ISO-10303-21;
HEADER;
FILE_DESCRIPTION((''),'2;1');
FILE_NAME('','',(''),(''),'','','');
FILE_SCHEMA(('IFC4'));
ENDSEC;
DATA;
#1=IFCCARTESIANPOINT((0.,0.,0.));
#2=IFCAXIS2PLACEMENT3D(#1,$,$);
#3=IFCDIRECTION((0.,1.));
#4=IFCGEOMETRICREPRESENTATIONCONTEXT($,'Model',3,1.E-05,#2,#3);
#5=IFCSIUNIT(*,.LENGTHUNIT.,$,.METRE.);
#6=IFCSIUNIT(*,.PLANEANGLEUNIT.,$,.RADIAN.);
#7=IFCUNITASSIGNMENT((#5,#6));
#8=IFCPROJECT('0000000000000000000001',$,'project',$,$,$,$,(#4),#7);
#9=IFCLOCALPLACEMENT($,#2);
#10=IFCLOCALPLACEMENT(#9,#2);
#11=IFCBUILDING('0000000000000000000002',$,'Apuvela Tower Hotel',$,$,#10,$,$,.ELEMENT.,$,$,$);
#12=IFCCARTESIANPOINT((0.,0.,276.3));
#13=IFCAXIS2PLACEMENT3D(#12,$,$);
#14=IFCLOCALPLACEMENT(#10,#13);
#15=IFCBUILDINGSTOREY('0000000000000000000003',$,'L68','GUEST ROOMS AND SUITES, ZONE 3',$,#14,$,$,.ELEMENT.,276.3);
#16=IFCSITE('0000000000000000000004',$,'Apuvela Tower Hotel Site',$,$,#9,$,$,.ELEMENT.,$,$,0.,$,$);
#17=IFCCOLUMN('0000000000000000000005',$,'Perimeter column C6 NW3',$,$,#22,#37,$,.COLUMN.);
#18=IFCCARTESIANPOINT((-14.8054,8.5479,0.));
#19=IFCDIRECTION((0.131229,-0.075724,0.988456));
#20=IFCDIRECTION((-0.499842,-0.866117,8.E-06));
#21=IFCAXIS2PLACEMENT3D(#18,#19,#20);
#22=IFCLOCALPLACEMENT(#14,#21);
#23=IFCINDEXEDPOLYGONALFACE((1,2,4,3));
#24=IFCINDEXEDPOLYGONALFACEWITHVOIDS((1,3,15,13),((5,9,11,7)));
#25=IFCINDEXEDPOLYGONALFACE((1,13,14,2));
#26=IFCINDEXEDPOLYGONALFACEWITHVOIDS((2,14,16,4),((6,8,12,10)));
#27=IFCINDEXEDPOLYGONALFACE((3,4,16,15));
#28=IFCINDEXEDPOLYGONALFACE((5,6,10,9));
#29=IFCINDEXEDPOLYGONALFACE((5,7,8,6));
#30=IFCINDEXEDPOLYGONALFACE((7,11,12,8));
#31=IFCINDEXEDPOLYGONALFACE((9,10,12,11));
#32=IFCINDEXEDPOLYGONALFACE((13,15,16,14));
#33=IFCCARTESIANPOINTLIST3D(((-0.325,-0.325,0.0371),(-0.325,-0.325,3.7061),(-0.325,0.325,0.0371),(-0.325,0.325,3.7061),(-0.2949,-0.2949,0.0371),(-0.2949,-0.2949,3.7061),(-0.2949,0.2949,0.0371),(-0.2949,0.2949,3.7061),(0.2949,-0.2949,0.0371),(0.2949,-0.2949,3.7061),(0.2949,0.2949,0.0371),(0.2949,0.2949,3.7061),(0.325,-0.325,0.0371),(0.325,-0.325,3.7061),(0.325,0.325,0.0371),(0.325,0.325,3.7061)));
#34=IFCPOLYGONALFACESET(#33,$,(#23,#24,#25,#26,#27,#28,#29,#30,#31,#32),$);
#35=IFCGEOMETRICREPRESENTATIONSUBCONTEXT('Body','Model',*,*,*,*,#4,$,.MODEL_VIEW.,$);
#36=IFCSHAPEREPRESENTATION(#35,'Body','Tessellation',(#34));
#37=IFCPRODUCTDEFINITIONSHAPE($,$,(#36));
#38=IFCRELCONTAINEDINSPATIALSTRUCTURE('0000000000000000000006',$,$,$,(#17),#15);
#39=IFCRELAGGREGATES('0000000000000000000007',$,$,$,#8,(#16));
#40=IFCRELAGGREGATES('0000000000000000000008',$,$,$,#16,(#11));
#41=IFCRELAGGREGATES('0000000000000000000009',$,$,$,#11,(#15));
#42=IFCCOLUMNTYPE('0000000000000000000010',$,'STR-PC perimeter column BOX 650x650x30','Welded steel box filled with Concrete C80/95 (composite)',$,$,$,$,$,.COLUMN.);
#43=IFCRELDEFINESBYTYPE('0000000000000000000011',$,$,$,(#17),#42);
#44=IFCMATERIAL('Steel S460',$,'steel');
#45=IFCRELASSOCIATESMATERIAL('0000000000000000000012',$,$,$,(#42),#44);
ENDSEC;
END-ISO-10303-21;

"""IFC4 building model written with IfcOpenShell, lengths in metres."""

from ifc_helpers import new_model, si_unit, direction, frame, origin, origin_2d, place, context, subcontext, project, spatial, rectangle, hollow_rectangle, extrude, boolean, halfspace, material, material_profile, profile_set, type_object, element, save


model = new_model("IFC4")

# Units and contexts
model_context = context("Model", 3, precision=1e-05, world=origin(), true_north=direction((0.0, 1.0)))
body_context = subcontext(model_context, "Body", "Model", "MODEL_VIEW")
ifc_project = project(units=[si_unit("LENGTHUNIT", "METRE"), si_unit("PLANEANGLEUNIT", "RADIAN")], contexts=[model_context])

# Site, building, storey
site_placement = place(None, origin())
site = spatial("IfcSite", under=ifc_project, at=site_placement, Name="Apuvela Tower Hotel Site", CompositionType="ELEMENT", RefElevation=0.0)
building_placement = place(site_placement, origin())
building = spatial("IfcBuilding", under=site, at=building_placement, Name="Apuvela Tower Hotel", CompositionType="ELEMENT")
storey_placement = place(building_placement, frame((0.0, 0.0, 276.3)))
storey = spatial("IfcBuildingStorey", under=building, at=storey_placement, Name="L68", Description="GUEST ROOMS AND SUITES, ZONE 3", CompositionType="ELEMENT", Elevation=276.3)

# Column
ifc_material_1 = material(Name="Steel S460", Category="steel")
ifc_material_profile_1 = material_profile(ifc_material_1, hollow_rectangle(XDim=0.6499, YDim=0.6499, WallThickness=0.03, at=origin_2d()), Name="BOX 650x650x30")
ifc_material_2 = material(Name="Concrete C80/95", Category="concrete")
ifc_material_profile_2 = material_profile(ifc_material_2, rectangle(XDim=0.5901, YDim=0.5901, at=origin_2d()), Name="Concrete C80/95 infill")
ifc_profile_set_1 = profile_set([ifc_material_profile_1, ifc_material_profile_2], Name="Steel S460")
column_type = type_object("IfcColumnType", Name="STR-PC perimeter column BOX 650x650x30", Description="Welded steel box filled with Concrete C80/95 (composite)", PredefinedType="COLUMN", material=ifc_profile_set_1)
column_1_placement = place(storey_placement, frame((-14.8054, 8.5479, 0.0), z_axis=(0.131229, -0.075724, 0.988456), x_axis=(-0.499842, -0.866117, 0.000008)))
element("IfcColumn", 1, at=column_1_placement, inside=storey, type_object=column_type, Name="Perimeter column C6 NW3", PredefinedType="COLUMN", context=body_context, shape_type="SweptSolid", body=[
    boolean("DIFFERENCE", boolean("DIFFERENCE", extrude(hollow_rectangle(XDim=0.6499, YDim=0.6499, WallThickness=0.03, at=origin_2d()), origin(), (0.0, 0.0, 1.0), 3.7432), halfspace(frame((0.0, 0.0, 0.0371), z_axis=(0.0, 0.0, 1.0), x_axis=(1.0, 0.0, 0.0)), True)), halfspace(frame((0.0, 0.0, 3.7061), z_axis=(0.0, 0.0, 1.0), x_axis=(1.0, 0.0, 0.0)), False)),
])

save(model, "model.ifc")
